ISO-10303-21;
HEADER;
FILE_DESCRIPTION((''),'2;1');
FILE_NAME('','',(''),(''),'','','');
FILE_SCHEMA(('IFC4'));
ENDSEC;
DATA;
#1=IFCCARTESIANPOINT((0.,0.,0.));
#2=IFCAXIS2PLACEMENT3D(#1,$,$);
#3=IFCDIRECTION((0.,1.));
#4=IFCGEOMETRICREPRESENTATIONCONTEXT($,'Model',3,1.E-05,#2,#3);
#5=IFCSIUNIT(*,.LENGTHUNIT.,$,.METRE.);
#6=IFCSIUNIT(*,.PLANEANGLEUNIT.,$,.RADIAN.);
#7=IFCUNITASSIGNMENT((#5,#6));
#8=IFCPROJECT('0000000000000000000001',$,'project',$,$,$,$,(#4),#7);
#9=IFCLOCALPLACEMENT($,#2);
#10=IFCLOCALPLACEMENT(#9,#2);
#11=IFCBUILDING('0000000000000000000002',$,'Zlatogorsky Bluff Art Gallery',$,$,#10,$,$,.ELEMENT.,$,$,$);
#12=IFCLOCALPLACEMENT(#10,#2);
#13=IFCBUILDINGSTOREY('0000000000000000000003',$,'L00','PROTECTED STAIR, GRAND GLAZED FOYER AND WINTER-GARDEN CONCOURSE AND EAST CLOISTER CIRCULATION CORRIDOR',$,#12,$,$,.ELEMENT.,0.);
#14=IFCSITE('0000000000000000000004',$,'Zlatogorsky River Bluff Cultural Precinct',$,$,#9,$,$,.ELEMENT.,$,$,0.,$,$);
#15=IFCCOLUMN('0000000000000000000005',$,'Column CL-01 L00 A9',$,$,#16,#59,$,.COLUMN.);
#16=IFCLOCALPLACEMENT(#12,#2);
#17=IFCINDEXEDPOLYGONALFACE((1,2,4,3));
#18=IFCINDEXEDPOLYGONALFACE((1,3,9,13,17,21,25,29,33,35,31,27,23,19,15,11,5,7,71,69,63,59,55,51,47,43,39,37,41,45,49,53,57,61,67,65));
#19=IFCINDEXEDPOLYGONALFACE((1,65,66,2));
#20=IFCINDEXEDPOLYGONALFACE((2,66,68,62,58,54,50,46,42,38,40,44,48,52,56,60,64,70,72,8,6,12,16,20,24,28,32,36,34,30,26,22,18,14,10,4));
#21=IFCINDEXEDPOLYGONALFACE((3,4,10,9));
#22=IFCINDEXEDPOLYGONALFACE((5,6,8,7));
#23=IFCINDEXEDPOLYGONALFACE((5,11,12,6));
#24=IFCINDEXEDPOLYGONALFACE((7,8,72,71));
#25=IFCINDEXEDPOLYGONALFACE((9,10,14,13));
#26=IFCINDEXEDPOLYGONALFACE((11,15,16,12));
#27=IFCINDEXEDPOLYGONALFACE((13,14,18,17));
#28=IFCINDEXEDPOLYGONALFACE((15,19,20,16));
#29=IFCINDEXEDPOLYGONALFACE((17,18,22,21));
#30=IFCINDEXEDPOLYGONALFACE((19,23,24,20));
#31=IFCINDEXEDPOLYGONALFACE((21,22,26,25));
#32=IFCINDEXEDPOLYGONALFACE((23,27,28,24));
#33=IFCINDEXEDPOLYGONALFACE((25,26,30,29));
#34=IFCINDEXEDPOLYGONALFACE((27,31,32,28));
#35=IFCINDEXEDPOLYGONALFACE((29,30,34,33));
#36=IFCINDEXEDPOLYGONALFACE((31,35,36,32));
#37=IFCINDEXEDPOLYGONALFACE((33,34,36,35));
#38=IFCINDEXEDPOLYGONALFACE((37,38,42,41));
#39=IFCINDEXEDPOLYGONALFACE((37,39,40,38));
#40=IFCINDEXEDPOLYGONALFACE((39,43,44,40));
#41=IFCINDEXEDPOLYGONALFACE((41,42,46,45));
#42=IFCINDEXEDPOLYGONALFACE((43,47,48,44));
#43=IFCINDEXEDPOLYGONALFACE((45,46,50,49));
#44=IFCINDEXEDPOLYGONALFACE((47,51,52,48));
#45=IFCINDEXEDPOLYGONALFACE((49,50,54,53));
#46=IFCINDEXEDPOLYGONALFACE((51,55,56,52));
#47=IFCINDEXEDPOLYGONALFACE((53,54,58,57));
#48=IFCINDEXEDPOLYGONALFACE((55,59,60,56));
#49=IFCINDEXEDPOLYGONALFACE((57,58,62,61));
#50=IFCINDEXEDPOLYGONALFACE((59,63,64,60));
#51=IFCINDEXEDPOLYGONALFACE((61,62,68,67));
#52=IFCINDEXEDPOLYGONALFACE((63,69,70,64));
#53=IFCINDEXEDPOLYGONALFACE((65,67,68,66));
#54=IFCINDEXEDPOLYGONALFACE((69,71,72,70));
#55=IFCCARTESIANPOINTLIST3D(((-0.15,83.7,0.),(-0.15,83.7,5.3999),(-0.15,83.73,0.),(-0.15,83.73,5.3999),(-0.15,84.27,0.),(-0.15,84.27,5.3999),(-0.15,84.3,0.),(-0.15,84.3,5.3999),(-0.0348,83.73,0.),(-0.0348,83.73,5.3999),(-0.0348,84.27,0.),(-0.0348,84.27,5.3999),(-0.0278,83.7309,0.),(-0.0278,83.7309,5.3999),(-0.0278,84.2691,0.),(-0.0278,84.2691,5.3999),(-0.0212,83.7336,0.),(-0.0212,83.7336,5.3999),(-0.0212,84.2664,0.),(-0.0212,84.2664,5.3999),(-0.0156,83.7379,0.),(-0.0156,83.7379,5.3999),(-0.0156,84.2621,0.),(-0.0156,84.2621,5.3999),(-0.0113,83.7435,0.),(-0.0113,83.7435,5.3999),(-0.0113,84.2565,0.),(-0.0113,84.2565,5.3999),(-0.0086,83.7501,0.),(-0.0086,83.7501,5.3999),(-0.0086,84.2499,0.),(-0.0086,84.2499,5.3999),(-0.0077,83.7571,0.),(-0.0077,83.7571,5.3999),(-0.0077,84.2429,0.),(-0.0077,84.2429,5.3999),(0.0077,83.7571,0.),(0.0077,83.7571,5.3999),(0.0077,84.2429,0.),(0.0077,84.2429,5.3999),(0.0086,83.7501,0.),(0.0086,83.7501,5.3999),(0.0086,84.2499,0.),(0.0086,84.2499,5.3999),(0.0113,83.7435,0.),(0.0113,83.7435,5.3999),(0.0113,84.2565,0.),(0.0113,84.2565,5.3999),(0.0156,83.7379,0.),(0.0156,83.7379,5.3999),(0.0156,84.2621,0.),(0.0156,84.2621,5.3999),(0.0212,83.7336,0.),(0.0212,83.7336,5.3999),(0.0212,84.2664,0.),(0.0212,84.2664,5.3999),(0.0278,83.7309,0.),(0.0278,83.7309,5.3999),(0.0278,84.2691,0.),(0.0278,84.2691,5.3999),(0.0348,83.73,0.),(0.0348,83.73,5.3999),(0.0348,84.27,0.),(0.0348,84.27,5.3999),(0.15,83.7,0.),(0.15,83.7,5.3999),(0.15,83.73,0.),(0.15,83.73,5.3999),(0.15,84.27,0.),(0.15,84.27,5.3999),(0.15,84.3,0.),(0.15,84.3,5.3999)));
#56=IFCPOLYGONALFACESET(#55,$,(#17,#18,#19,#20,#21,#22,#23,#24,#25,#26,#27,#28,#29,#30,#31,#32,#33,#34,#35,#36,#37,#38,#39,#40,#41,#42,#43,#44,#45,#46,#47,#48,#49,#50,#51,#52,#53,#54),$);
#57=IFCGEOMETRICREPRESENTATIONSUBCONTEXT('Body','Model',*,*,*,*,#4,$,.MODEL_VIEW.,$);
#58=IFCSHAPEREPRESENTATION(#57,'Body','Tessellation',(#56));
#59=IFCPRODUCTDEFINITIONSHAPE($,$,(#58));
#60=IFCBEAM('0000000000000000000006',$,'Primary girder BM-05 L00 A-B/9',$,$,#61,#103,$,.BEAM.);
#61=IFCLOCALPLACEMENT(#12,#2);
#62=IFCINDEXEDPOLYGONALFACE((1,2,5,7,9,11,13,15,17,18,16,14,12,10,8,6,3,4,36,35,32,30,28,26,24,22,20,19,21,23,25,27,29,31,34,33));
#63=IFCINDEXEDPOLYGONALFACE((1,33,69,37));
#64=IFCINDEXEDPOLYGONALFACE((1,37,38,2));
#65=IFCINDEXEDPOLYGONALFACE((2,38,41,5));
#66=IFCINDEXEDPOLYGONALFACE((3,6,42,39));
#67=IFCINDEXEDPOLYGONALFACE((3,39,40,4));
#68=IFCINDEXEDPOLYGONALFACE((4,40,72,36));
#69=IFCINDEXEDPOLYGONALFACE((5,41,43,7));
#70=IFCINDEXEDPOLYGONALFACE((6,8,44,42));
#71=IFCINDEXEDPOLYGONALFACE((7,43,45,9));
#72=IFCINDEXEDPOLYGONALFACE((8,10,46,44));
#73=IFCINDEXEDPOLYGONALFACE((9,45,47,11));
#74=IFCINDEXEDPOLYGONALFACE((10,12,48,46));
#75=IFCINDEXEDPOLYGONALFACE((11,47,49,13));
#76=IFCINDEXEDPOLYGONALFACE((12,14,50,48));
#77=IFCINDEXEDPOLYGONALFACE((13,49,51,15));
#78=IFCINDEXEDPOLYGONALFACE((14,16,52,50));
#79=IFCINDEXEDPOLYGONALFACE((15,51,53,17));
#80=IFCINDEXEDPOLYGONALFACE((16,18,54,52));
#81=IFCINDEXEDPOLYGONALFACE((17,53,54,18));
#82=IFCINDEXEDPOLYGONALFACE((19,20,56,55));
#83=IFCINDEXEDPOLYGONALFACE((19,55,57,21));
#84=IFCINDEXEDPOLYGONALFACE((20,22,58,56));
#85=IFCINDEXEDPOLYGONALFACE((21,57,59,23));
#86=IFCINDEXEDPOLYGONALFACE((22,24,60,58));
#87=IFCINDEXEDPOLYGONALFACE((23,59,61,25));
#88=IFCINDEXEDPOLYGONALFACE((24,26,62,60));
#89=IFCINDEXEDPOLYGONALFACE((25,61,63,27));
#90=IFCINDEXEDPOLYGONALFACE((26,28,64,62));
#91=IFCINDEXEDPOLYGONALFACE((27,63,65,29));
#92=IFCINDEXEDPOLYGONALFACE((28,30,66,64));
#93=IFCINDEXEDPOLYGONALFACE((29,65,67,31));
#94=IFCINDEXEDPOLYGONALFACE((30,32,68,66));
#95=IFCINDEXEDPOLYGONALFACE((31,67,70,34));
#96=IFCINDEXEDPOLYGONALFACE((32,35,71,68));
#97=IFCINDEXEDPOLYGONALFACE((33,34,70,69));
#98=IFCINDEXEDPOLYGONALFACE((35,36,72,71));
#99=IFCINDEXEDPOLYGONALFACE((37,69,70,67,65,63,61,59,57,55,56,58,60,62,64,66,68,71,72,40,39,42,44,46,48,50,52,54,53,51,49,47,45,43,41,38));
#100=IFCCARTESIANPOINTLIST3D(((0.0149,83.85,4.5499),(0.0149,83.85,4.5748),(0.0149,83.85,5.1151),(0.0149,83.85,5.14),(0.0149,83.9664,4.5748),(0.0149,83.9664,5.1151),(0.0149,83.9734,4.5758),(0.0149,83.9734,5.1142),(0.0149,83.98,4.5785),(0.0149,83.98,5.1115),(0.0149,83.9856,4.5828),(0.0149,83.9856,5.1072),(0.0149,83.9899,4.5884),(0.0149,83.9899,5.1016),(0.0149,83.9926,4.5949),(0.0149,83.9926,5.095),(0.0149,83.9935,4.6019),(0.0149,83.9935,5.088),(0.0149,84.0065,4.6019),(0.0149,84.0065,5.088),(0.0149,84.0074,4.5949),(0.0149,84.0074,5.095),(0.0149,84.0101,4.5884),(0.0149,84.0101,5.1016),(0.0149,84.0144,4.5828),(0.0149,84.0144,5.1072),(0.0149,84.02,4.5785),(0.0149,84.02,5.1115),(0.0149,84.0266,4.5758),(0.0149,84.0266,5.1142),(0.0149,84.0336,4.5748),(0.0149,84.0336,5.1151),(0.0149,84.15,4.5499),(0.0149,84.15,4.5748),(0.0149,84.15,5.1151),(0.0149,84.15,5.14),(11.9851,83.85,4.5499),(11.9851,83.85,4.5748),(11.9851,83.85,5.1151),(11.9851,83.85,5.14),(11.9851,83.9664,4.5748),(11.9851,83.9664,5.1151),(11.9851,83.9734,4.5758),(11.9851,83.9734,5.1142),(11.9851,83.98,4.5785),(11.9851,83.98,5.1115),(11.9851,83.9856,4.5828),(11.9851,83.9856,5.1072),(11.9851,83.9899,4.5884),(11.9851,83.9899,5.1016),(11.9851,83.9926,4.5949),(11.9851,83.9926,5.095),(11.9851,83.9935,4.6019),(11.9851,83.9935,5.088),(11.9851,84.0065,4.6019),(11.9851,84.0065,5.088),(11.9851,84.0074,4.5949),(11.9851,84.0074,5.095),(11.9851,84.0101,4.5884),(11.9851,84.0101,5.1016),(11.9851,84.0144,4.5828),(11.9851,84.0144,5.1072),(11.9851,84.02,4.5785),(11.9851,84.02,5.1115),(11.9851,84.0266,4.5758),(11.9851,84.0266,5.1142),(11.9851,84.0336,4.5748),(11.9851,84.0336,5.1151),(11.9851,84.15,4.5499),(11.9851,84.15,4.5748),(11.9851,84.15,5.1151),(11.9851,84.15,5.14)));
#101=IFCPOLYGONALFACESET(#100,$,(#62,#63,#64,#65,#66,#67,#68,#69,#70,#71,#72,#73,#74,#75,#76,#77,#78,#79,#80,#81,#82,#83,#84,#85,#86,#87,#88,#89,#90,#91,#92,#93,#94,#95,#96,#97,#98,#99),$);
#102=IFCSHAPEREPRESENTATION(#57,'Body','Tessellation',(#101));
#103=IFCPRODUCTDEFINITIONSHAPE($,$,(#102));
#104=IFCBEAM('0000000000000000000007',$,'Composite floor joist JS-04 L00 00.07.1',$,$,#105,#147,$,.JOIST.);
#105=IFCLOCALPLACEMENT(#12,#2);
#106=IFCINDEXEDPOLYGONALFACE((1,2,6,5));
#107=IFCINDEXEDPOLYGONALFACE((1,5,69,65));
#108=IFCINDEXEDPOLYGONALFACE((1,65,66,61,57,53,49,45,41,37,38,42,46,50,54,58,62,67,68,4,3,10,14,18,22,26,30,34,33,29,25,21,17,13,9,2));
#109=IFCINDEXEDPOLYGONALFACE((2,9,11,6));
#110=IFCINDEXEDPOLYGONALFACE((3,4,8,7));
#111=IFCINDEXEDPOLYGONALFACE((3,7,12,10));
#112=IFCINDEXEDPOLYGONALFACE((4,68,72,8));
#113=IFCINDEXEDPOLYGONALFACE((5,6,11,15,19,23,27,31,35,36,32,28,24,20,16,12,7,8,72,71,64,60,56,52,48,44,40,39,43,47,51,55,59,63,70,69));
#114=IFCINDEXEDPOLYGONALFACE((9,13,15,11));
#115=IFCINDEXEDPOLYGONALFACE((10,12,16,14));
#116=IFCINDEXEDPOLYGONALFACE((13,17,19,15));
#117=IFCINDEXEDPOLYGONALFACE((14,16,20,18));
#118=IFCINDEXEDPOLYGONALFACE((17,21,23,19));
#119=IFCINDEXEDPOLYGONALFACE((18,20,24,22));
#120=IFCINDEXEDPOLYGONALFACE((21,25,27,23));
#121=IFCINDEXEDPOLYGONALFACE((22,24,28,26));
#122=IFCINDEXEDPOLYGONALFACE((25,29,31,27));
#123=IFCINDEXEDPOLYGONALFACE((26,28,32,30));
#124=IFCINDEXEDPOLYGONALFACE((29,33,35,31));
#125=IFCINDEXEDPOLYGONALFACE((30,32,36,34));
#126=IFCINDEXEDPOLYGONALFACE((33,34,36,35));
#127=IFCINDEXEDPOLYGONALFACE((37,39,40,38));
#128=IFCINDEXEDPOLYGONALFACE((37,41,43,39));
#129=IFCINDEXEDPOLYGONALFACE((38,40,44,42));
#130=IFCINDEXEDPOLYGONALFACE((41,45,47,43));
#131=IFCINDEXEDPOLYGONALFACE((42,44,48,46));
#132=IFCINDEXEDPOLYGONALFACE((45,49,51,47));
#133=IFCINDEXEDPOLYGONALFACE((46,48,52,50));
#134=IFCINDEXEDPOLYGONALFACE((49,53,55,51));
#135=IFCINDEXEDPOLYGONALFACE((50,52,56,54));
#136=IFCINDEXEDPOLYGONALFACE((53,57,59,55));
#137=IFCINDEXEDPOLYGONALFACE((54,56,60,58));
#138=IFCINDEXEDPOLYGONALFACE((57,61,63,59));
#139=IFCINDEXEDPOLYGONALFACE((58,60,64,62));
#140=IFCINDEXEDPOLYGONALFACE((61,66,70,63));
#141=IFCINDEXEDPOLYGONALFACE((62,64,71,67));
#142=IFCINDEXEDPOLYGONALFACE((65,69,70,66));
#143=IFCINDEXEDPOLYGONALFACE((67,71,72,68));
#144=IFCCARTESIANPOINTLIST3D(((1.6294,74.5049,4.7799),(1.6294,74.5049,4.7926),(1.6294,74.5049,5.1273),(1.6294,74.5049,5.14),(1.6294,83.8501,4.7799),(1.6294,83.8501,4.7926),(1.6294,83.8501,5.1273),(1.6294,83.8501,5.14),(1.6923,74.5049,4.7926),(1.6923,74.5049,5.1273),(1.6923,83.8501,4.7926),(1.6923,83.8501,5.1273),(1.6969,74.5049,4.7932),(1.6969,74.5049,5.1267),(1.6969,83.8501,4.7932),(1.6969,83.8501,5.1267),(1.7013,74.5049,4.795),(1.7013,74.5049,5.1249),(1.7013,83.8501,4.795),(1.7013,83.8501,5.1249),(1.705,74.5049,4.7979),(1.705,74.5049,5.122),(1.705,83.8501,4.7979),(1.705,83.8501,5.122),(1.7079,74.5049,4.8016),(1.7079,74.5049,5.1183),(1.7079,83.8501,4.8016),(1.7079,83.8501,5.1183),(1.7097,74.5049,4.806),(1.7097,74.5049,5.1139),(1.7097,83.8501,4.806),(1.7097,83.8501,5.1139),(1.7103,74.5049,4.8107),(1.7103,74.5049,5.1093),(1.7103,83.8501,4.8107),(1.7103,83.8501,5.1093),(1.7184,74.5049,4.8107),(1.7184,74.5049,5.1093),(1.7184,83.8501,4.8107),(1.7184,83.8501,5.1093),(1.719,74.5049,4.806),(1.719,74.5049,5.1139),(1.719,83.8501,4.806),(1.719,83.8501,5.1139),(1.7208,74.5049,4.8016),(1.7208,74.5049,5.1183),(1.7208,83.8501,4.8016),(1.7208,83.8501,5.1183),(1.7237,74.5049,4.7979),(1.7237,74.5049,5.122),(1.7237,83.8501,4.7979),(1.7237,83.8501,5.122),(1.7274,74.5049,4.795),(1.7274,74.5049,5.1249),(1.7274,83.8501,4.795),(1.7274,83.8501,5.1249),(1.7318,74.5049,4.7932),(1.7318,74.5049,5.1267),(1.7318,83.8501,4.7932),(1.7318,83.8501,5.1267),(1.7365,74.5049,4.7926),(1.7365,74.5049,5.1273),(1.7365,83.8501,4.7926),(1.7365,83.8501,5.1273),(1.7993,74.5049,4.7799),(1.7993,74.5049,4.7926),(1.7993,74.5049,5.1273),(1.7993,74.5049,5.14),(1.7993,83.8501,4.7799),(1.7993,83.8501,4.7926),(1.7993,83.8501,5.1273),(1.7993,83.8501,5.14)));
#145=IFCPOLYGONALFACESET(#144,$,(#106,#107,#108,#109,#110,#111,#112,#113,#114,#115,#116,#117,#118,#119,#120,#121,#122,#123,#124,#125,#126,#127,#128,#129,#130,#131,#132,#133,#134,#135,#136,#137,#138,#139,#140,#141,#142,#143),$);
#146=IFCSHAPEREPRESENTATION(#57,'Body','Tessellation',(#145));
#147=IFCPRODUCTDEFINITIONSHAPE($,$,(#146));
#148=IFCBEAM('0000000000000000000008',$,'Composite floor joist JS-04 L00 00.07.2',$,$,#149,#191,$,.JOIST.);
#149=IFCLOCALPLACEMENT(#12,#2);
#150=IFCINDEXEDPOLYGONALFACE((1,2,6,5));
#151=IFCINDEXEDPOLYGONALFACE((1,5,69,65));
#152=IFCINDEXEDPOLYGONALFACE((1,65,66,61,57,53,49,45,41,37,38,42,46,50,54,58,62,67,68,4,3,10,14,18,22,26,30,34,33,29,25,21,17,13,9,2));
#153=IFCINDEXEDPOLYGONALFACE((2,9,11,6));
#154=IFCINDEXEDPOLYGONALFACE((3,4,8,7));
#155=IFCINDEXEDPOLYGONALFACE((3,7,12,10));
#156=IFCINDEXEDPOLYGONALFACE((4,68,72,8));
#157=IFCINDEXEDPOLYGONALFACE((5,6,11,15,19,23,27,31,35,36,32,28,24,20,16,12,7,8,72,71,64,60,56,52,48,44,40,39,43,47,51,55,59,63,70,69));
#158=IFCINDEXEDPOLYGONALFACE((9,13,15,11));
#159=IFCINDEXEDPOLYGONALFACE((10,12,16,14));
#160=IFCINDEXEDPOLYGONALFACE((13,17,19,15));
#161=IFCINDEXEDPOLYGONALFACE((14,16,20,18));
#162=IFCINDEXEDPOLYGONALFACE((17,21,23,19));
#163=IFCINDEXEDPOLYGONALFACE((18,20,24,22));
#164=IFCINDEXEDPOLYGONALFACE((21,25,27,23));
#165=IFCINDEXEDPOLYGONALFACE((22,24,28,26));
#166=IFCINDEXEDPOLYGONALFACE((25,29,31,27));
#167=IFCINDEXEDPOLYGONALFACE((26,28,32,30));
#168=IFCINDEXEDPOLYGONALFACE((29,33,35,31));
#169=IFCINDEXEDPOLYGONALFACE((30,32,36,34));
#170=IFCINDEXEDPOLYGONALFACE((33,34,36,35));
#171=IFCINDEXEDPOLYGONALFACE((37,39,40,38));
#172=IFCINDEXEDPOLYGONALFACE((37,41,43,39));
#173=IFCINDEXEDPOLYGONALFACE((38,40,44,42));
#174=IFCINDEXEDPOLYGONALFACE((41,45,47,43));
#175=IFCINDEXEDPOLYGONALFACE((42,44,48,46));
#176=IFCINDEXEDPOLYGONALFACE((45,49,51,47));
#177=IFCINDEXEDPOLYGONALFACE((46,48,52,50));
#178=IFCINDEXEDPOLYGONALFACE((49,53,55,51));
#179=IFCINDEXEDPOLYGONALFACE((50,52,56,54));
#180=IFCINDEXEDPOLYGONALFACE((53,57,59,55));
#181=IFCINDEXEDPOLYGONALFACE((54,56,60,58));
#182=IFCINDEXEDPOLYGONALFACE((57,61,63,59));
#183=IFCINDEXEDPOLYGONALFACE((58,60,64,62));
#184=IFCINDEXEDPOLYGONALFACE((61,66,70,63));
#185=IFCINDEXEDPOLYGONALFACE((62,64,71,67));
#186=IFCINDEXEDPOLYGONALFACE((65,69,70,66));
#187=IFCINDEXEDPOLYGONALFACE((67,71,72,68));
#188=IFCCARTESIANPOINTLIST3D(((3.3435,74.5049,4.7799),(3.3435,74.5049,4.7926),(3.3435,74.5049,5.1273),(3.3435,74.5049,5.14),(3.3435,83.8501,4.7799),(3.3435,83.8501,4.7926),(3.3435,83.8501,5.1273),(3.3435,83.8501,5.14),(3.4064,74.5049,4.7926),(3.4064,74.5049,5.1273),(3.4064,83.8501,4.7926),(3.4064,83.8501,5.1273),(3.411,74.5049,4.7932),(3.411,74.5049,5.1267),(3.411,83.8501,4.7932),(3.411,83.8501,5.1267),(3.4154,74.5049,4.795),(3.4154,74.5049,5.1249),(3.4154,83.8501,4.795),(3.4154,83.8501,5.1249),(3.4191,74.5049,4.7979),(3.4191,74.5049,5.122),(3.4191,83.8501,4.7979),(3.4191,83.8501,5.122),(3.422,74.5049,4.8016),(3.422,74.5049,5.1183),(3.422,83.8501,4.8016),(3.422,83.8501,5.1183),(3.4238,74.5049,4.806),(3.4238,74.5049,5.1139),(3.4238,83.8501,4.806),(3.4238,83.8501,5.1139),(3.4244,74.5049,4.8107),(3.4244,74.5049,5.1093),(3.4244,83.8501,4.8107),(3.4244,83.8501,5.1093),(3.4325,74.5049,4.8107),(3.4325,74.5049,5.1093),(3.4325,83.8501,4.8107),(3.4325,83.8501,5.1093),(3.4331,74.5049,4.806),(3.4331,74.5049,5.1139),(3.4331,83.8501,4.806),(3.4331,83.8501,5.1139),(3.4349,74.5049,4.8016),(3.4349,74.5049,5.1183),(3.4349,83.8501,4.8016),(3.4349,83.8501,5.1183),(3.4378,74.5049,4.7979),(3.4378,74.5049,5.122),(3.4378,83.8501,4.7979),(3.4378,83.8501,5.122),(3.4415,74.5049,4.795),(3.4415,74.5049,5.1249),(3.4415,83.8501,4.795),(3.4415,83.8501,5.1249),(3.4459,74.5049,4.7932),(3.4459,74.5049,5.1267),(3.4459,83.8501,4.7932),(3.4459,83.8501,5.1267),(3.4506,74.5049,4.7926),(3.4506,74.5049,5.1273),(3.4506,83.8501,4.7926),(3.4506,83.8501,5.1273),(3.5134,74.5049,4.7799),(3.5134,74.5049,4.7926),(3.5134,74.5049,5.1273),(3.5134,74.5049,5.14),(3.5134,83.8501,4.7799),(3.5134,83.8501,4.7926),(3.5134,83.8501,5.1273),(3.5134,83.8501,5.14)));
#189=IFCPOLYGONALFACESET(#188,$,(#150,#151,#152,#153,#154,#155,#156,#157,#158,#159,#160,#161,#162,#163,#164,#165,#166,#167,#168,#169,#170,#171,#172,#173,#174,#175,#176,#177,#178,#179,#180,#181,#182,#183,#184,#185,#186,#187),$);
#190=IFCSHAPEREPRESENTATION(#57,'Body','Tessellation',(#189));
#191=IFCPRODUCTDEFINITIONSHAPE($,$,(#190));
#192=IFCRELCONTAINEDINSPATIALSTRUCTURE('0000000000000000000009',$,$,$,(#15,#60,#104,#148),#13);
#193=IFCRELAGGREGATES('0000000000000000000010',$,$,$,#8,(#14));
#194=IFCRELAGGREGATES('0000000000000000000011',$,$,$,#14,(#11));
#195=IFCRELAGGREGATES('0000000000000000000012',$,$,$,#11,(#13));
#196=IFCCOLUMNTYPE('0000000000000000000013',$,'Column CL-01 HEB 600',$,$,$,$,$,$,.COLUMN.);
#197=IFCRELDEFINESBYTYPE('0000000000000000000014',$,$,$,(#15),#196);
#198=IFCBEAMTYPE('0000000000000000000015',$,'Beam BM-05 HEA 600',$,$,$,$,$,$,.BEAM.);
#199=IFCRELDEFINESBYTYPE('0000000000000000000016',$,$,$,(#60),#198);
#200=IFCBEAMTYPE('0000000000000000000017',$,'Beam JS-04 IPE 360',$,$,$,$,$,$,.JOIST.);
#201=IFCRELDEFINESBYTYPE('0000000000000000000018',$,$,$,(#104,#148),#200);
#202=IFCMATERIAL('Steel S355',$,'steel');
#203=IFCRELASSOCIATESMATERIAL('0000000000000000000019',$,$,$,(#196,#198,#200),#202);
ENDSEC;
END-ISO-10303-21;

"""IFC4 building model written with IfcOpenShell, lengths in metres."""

from ifc_helpers import new_model, si_unit, direction, frame, origin, origin_2d, place, context, subcontext, project, spatial, i_section, extrude, material, material_profile, profile_set, type_object, element, save


model = new_model("IFC4")

# Units and contexts
model_context = context("Model", 3, precision=1e-05, world=origin(), true_north=direction((0.0, 1.0)))
body_context = subcontext(model_context, "Body", "Model", "MODEL_VIEW")
ifc_project = project(units=[si_unit("LENGTHUNIT", "METRE"), si_unit("PLANEANGLEUNIT", "RADIAN")], contexts=[model_context])

# Site, building, storey
site_placement = place(None, origin())
site = spatial("IfcSite", under=ifc_project, at=site_placement, Name="Zlatogorsky River Bluff Cultural Precinct", CompositionType="ELEMENT", RefElevation=0.0)
building_placement = place(site_placement, origin())
building = spatial("IfcBuilding", under=site, at=building_placement, Name="Zlatogorsky Bluff Art Gallery", CompositionType="ELEMENT")
storey_placement = place(building_placement, origin())
storey = spatial("IfcBuildingStorey", under=building, at=storey_placement, Name="L00", Description="PROTECTED STAIR, GRAND GLAZED FOYER AND WINTER-GARDEN CONCOURSE AND EAST CLOISTER CIRCULATION CORRIDOR", CompositionType="ELEMENT", Elevation=0.0)

# Column
ifc_material_1 = material(Name="Steel S355", Category="steel")
ifc_material_profile_1 = material_profile(ifc_material_1, i_section(OverallWidth=0.3, OverallDepth=0.6001, WebThickness=0.0154, FlangeThickness=0.03, FilletRadius=0.0271, at=origin_2d()), Name="HEB 600")
ifc_profile_set_1 = profile_set([ifc_material_profile_1], Name="Steel S355")
column_type = type_object("IfcColumnType", Name="Column CL-01 HEB 600", PredefinedType="COLUMN", material=ifc_profile_set_1)
column_placement = place(storey_placement, frame((0.0, 84.0, 0.0), z_axis=(0.0, 0.0, 1.0), x_axis=(1.0, 0.0, 0.0)))
element("IfcColumn", 1, at=column_placement, inside=storey, type_object=column_type, Name="Column CL-01 L00 A9", PredefinedType="COLUMN", context=body_context, shape_type="SweptSolid", body=[
    extrude(i_section(OverallWidth=0.3, OverallDepth=0.6001, WebThickness=0.0154, FlangeThickness=0.03, FilletRadius=0.0271, at=origin_2d()), origin(), (0.0, 0.0, 1.0), 5.3999),
])

# Beams
ifc_material_profile_2 = material_profile(ifc_material_1, i_section(OverallWidth=0.3, OverallDepth=0.5901, WebThickness=0.0129, FlangeThickness=0.0249, FilletRadius=0.0271, at=origin_2d()), Name="HEA 600")
ifc_profile_set_2 = profile_set([ifc_material_profile_2], Name="Steel S355")
beam_type_1 = type_object("IfcBeamType", Name="Beam BM-05 HEA 600", PredefinedType="BEAM", material=ifc_profile_set_2)
beam_1_placement = place(storey_placement, frame((0.0149, 84.0, 4.845), z_axis=(1.0, 0.0, 0.0), x_axis=(0.0, 1.0, 0.0)))
element("IfcBeam", 2, at=beam_1_placement, inside=storey, type_object=beam_type_1, Name="Primary girder BM-05 L00 A-B/9", PredefinedType="BEAM", context=body_context, shape_type="SweptSolid", body=[
    extrude(i_section(OverallWidth=0.3, OverallDepth=0.5901, WebThickness=0.0129, FlangeThickness=0.0249, FilletRadius=0.0271, at=origin_2d()), origin(), (0.0, 0.0, 1.0), 11.9702),
])
ifc_material_profile_3 = material_profile(ifc_material_1, i_section(OverallWidth=0.1699, OverallDepth=0.3601, WebThickness=0.0081, FlangeThickness=0.0127, FilletRadius=0.0181, at=origin_2d()), Name="IPE 360")
ifc_profile_set_3 = profile_set([ifc_material_profile_3], Name="Steel S355")
beam_type_2 = type_object("IfcBeamType", Name="Beam JS-04 IPE 360", PredefinedType="JOIST", material=ifc_profile_set_3)
for number, where, z_axis, x_axis, name in (
    (3, (1.7144, 74.5049, 4.96), (0.0, 1.0, 0.0), (-1.0, 0.0, 0.0), "Composite floor joist JS-04 L00 00.07.1"),
    (4, (3.4285, 74.5049, 4.96), (0.0, 1.0, 0.0), (-1.0, 0.0, 0.0), "Composite floor joist JS-04 L00 00.07.2"),
):
    element("IfcBeam", number, at=place(storey_placement, frame(where, z_axis=z_axis, x_axis=x_axis)), inside=storey, type_object=beam_type_2, Name=name, PredefinedType="JOIST", context=body_context, shape_type="SweptSolid", body=[
        extrude(i_section(OverallWidth=0.1699, OverallDepth=0.3601, WebThickness=0.0081, FlangeThickness=0.0127, FilletRadius=0.0181, at=origin_2d()), origin(), (0.0, 0.0, 1.0), 9.3452),
    ])

save(model, "model.ifc")
